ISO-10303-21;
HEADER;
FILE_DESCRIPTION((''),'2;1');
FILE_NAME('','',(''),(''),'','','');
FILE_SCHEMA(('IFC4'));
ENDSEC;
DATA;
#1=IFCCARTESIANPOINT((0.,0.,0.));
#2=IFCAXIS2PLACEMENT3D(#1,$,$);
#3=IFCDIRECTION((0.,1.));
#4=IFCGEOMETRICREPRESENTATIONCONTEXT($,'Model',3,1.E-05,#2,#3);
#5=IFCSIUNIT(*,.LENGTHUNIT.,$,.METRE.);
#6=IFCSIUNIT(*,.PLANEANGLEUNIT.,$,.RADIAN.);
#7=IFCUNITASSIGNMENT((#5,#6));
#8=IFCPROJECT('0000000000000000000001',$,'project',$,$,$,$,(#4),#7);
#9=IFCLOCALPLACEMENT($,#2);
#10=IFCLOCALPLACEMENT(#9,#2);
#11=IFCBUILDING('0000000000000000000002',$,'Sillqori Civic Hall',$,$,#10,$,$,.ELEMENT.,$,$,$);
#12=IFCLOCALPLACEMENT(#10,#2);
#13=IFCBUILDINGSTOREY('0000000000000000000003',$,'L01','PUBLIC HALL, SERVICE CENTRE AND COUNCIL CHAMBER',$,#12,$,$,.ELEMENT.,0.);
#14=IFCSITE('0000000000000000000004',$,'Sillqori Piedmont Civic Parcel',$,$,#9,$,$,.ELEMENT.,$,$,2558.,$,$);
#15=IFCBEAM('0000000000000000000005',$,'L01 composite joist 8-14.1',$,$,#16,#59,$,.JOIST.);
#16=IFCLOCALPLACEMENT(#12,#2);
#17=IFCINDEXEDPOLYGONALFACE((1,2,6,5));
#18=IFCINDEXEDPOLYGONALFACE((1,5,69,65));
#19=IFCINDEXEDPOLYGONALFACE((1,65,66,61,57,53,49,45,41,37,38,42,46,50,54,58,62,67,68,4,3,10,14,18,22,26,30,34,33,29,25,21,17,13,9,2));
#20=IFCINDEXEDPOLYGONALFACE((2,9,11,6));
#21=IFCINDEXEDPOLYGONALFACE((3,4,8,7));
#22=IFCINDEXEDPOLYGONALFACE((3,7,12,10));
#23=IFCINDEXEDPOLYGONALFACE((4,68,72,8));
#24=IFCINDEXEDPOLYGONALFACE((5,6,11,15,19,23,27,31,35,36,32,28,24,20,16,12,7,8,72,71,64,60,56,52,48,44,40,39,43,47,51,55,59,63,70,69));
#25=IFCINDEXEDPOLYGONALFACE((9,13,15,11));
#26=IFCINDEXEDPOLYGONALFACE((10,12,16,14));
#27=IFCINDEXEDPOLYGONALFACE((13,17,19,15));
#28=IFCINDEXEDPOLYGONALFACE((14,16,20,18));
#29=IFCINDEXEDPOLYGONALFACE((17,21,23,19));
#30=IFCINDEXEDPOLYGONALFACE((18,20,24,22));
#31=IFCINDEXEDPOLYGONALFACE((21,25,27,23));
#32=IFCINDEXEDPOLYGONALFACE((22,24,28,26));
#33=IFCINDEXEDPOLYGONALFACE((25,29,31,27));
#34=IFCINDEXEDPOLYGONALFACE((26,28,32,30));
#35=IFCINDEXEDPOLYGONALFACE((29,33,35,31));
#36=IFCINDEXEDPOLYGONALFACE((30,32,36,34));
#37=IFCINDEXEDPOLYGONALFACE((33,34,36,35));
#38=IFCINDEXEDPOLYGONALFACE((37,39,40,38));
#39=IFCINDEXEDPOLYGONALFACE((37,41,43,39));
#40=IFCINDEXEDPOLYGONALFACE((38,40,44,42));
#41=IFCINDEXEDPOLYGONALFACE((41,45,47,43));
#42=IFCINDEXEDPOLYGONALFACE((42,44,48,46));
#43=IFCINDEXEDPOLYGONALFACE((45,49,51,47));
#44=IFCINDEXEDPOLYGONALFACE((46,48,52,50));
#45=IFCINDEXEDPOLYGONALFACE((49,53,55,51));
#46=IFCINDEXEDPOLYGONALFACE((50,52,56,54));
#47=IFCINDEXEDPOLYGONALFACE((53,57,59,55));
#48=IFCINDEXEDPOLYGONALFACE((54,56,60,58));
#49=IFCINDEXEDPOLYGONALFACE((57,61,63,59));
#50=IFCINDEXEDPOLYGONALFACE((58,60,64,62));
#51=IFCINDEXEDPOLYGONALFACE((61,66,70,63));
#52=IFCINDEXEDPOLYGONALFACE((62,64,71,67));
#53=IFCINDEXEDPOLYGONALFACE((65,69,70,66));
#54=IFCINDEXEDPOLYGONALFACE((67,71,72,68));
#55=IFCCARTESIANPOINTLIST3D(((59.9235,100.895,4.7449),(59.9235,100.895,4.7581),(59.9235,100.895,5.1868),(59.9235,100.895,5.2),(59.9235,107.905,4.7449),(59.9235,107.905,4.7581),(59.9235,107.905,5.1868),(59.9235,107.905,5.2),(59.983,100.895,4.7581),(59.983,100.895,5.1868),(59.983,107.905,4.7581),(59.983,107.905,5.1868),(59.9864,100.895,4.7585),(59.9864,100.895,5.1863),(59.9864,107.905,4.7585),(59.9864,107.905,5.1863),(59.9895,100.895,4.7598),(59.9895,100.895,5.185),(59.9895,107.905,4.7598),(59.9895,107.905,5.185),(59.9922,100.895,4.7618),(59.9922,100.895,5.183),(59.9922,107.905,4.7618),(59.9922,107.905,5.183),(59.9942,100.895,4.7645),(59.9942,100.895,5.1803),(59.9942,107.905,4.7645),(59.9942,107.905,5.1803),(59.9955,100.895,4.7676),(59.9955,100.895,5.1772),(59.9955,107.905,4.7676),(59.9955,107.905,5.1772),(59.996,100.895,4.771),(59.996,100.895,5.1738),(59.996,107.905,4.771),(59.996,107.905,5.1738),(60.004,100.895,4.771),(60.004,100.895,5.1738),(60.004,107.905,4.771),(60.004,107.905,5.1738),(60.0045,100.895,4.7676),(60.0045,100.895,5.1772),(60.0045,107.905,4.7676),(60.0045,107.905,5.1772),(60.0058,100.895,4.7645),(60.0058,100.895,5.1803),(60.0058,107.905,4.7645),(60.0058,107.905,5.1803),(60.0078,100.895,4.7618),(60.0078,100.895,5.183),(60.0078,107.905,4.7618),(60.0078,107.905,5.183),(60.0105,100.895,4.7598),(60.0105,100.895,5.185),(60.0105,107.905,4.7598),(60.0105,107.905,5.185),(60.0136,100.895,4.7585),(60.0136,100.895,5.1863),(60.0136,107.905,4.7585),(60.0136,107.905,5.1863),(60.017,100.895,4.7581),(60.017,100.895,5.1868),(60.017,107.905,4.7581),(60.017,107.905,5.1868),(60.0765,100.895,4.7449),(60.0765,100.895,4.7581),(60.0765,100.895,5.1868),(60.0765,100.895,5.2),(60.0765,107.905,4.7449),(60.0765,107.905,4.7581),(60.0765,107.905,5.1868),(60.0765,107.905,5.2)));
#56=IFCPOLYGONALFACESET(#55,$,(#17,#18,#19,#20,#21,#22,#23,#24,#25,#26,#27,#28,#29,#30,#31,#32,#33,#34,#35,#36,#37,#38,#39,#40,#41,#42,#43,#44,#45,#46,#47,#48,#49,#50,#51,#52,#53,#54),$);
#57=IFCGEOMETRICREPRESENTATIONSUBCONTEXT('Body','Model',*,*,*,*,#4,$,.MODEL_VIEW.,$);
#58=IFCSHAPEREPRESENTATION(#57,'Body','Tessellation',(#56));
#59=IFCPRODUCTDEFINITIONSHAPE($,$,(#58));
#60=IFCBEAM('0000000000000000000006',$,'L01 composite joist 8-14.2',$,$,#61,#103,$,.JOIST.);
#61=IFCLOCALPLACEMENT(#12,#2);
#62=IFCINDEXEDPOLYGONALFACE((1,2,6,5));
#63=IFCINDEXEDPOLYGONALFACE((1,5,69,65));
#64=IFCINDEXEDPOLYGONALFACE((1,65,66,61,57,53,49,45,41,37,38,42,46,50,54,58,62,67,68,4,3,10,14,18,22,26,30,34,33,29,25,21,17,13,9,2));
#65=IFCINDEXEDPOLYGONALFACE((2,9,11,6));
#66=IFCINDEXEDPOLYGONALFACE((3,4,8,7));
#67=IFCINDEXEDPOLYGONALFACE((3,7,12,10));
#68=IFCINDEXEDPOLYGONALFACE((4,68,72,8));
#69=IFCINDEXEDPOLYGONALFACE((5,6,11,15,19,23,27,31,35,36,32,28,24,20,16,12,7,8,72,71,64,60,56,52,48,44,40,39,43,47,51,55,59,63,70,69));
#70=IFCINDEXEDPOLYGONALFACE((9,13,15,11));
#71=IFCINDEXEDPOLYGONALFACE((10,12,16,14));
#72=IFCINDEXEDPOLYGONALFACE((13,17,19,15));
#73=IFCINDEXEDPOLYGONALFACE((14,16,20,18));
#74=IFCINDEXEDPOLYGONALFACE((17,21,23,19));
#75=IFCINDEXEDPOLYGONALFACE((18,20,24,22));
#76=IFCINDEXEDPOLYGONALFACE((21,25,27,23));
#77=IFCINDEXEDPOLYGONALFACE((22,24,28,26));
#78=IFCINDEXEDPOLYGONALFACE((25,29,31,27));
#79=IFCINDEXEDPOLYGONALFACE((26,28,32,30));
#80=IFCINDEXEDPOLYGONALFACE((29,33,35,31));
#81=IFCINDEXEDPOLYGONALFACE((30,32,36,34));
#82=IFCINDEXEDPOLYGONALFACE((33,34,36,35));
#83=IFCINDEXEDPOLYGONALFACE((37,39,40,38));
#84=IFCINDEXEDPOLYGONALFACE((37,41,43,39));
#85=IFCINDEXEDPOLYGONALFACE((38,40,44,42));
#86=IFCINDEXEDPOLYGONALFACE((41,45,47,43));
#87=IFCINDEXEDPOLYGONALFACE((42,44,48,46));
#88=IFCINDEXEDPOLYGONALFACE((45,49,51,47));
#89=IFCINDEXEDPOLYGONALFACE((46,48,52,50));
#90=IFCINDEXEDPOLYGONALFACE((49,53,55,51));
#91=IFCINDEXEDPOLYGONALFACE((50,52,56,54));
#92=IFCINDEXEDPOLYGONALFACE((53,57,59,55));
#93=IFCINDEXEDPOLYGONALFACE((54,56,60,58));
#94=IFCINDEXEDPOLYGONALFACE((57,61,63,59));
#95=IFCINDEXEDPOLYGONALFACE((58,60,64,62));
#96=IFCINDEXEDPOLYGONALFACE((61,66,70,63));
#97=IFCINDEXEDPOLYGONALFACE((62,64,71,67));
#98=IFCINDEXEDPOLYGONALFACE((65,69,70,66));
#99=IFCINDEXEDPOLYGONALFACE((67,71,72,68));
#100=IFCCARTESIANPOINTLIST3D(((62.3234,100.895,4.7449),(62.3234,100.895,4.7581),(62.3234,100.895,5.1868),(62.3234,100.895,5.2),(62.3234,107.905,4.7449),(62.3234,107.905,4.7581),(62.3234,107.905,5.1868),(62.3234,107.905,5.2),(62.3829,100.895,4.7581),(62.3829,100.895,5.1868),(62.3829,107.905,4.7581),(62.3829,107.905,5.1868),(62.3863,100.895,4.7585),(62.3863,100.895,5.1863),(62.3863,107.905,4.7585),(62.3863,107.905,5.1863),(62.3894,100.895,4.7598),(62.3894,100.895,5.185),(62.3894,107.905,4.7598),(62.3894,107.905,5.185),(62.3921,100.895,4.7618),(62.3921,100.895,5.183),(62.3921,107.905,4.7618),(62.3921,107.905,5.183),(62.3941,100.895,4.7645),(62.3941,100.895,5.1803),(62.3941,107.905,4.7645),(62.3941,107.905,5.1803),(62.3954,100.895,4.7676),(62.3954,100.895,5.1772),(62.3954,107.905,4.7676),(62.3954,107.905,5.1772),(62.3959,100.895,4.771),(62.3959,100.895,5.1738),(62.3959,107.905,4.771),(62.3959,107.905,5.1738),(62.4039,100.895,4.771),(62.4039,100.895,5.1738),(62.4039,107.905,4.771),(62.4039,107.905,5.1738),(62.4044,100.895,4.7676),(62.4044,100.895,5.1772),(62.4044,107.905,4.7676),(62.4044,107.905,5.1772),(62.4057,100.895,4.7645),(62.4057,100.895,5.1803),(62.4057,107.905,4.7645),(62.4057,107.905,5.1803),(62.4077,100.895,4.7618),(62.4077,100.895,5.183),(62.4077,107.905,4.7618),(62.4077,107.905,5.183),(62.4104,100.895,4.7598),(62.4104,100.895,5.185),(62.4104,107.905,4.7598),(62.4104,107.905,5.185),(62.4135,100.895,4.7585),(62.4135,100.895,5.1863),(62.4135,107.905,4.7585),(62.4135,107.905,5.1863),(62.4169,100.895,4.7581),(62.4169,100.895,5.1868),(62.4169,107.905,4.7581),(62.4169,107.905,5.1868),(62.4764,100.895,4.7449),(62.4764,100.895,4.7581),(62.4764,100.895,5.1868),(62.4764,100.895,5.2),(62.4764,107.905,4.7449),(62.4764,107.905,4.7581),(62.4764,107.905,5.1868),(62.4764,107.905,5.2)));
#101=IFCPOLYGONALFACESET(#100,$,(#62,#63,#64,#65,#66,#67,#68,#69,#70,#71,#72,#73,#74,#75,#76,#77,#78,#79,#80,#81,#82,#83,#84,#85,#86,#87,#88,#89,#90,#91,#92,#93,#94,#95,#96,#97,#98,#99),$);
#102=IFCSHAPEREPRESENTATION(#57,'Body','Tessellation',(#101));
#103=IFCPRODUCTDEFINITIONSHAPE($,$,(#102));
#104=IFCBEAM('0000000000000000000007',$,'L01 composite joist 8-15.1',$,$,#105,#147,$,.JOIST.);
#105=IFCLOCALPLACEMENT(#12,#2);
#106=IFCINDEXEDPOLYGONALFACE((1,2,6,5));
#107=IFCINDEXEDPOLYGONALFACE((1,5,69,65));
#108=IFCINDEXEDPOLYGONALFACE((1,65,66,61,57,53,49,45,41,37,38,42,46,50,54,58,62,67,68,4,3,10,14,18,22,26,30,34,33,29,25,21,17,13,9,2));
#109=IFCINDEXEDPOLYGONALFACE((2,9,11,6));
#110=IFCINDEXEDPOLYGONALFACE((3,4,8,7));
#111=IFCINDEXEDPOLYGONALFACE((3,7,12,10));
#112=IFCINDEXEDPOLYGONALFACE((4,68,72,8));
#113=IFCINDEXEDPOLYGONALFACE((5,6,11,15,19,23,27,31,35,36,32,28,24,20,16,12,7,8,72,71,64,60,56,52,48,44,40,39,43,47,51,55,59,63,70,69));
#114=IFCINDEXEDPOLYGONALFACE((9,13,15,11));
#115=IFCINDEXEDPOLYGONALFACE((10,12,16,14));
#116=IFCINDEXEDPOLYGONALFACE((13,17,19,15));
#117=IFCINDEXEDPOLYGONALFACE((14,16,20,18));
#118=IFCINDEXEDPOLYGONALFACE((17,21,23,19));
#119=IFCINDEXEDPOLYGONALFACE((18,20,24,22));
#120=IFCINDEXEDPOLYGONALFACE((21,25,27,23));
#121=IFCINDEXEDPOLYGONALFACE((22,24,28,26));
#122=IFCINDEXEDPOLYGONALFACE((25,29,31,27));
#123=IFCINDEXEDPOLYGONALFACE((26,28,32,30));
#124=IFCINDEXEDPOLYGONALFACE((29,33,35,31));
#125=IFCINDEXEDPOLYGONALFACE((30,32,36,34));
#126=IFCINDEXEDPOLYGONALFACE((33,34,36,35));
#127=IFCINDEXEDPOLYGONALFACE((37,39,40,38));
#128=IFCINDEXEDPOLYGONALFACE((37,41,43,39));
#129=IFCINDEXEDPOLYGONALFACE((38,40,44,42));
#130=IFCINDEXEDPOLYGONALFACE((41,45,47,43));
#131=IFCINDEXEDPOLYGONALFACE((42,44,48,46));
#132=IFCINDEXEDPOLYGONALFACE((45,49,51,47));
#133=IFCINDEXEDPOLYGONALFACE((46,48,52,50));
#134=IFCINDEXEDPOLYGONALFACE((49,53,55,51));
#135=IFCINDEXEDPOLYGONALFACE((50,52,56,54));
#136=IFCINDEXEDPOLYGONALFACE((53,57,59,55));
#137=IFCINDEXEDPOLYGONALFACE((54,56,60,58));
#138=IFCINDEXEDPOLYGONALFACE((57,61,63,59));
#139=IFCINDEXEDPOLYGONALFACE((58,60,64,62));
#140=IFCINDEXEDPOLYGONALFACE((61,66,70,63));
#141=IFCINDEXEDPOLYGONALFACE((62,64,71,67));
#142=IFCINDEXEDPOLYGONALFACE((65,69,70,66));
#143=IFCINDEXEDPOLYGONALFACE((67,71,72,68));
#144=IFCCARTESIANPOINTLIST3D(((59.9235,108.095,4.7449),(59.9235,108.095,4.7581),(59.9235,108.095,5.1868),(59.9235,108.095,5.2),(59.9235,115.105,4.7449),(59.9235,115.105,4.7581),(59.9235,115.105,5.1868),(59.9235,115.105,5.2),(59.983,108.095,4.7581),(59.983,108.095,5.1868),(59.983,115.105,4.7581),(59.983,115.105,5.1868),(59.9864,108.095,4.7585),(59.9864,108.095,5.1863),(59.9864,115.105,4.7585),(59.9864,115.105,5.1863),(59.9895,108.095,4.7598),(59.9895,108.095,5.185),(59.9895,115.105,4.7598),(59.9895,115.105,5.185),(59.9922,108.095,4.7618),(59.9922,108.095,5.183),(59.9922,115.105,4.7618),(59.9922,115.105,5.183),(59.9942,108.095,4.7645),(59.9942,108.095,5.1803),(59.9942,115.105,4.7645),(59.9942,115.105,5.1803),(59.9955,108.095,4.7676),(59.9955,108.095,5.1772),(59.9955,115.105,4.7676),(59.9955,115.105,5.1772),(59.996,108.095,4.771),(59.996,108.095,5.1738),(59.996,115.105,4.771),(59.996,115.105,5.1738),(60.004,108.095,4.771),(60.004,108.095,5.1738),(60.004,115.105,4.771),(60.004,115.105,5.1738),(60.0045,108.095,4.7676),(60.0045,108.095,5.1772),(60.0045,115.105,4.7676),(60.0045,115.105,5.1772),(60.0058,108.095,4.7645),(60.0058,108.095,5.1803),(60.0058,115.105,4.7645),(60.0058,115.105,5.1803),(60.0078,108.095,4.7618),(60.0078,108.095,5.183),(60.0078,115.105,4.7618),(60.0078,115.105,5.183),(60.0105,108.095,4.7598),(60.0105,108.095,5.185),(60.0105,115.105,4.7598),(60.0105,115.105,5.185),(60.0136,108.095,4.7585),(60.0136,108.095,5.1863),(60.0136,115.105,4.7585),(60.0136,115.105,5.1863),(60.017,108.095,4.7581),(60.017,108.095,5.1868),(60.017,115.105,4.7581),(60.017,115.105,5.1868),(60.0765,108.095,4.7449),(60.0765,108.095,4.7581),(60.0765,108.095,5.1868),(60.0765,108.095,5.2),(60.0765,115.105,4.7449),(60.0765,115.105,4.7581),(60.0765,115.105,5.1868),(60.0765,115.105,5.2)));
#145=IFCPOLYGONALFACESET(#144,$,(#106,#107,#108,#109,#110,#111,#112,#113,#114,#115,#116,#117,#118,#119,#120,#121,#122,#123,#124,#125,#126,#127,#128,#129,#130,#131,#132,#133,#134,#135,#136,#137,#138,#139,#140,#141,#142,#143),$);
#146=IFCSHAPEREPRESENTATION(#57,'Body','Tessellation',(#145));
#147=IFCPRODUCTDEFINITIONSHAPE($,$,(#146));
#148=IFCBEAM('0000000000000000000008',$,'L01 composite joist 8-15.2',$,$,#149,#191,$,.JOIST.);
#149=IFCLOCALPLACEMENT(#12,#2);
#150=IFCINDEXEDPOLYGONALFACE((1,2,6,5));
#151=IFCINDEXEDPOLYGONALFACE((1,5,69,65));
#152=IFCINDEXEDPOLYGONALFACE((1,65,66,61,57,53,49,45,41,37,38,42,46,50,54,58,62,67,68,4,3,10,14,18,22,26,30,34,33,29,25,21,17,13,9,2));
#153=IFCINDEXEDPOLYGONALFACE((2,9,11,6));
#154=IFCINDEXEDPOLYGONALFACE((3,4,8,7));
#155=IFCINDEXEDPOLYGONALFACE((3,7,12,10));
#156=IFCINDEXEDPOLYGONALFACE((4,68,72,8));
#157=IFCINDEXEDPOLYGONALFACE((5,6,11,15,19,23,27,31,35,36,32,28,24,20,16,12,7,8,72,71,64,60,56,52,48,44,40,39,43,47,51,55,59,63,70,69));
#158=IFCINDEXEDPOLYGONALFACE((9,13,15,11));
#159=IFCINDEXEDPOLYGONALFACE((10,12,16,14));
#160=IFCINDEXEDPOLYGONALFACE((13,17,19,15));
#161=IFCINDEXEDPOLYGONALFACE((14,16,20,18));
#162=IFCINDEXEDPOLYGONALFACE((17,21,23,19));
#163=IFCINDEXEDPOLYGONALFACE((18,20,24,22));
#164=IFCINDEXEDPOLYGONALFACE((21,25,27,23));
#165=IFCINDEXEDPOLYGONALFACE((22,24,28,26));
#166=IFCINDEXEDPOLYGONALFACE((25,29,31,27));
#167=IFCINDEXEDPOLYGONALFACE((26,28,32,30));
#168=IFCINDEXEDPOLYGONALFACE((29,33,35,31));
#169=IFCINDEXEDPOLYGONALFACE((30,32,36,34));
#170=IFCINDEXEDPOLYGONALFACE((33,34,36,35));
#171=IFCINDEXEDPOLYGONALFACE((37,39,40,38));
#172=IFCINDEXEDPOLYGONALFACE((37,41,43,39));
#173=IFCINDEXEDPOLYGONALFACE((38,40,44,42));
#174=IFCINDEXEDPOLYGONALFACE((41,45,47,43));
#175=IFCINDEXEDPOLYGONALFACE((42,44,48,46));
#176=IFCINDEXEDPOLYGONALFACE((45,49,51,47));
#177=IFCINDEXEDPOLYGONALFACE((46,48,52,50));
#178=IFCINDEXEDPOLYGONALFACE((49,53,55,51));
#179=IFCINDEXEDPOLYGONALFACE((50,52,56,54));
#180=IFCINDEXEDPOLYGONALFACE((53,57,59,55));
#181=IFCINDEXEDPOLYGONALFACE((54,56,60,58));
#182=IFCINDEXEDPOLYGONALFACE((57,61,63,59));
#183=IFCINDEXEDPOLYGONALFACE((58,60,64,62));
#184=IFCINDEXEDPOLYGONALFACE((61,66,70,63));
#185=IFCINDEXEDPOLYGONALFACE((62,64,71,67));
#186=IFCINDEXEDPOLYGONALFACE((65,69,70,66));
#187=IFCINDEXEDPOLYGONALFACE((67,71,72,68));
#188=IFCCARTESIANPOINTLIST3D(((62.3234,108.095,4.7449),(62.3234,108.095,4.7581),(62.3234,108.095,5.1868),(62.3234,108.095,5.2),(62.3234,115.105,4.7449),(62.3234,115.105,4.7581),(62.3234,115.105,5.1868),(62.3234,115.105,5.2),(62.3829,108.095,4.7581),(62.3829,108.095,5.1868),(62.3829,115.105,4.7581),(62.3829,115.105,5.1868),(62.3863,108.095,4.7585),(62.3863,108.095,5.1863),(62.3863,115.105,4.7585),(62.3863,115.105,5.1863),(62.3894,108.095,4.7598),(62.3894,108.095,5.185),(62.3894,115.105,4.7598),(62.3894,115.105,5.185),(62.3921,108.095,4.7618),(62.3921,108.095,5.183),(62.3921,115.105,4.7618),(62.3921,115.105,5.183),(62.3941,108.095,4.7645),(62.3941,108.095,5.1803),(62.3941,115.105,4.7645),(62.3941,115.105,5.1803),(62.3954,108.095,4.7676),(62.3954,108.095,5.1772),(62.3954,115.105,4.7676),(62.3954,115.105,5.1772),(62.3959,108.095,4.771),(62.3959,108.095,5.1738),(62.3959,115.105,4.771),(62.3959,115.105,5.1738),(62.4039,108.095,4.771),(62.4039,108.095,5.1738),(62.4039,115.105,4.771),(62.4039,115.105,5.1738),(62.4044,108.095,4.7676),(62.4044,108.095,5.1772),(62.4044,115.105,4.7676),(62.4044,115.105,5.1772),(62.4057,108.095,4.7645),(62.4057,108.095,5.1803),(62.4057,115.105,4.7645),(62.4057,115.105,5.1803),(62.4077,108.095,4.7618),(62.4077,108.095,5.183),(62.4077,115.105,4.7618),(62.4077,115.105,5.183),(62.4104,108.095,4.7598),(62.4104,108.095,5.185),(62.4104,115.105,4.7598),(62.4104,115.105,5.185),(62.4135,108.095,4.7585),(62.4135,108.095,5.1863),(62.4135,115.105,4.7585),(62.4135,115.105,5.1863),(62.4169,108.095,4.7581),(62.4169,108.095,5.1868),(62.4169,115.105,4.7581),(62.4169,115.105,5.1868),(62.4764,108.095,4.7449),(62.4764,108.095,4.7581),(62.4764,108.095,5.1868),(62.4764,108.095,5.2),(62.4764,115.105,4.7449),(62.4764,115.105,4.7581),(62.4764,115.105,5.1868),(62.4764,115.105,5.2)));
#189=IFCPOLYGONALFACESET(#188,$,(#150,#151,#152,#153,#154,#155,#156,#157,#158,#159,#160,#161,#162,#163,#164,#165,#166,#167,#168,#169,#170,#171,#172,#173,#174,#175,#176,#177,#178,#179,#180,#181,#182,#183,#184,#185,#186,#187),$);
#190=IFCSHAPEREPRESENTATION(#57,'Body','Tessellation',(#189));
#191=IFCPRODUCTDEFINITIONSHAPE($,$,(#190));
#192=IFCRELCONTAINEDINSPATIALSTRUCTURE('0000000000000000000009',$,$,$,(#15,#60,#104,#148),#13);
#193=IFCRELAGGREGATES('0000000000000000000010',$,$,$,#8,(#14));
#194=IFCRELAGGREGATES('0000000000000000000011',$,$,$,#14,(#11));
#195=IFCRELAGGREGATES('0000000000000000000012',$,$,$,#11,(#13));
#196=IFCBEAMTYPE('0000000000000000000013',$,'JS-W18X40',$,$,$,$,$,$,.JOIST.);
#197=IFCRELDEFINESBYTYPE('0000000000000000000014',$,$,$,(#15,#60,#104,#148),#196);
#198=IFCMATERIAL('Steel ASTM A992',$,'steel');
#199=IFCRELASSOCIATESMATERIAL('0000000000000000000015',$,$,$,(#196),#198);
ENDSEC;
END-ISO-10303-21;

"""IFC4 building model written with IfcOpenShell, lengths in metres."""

from ifc_helpers import new_model, si_unit, direction, frame, origin, origin_2d, place, context, subcontext, project, spatial, i_section, extrude, material, material_profile, profile_set, type_object, element, save


model = new_model("IFC4")

# Units and contexts
model_context = context("Model", 3, precision=1e-05, world=origin(), true_north=direction((0.0, 1.0)))
body_context = subcontext(model_context, "Body", "Model", "MODEL_VIEW")
ifc_project = project(units=[si_unit("LENGTHUNIT", "METRE"), si_unit("PLANEANGLEUNIT", "RADIAN")], contexts=[model_context])

# Site, building, storey
site_placement = place(None, origin())
site = spatial("IfcSite", under=ifc_project, at=site_placement, Name="Sillqori Piedmont Civic Parcel", CompositionType="ELEMENT", RefElevation=2558.0)
building_placement = place(site_placement, origin())
building = spatial("IfcBuilding", under=site, at=building_placement, Name="Sillqori Civic Hall", CompositionType="ELEMENT")
storey_placement = place(building_placement, origin())
storey = spatial("IfcBuildingStorey", under=building, at=storey_placement, Name="L01", Description="PUBLIC HALL, SERVICE CENTRE AND COUNCIL CHAMBER", CompositionType="ELEMENT", Elevation=0.0)

# Shared definitions
ifc_material_1 = material(Name="Steel ASTM A992", Category="steel")

# Beams
ifc_material_profile_1 = material_profile(ifc_material_1, i_section(OverallWidth=0.1531, OverallDepth=0.4551, WebThickness=0.0081, FlangeThickness=0.0132, FilletRadius=0.0129, at=origin_2d()), Name="W18X40")
ifc_profile_set_1 = profile_set([ifc_material_profile_1], Name="Steel ASTM A992")
beam_type_1 = type_object("IfcBeamType", Name="JS-W18X40", PredefinedType="JOIST", material=ifc_profile_set_1)
for number, where, z_axis, x_axis, name in (
    (1, (60.0, 100.895, 4.9724), (0.0, 1.0, 0.0), (-1.0, 0.0, 0.0), "L01 composite joist 8-14.1"),
    (2, (62.3999, 100.895, 4.9724), (0.0, 1.0, 0.0), (-1.0, 0.0, 0.0), "L01 composite joist 8-14.2"),
    (3, (60.0, 108.095, 4.9724), (0.0, 1.0, 0.0), (-1.0, 0.0, 0.0), "L01 composite joist 8-15.1"),
    (4, (62.3999, 108.095, 4.9724), (0.0, 1.0, 0.0), (-1.0, 0.0, 0.0), "L01 composite joist 8-15.2"),
):
    element("IfcBeam", number, at=place(storey_placement, frame(where, z_axis=z_axis, x_axis=x_axis)), inside=storey, type_object=beam_type_1, Name=name, PredefinedType="JOIST", context=body_context, shape_type="SweptSolid", body=[
        extrude(i_section(OverallWidth=0.1531, OverallDepth=0.4551, WebThickness=0.0081, FlangeThickness=0.0132, FilletRadius=0.0129, at=origin_2d()), origin(), (0.0, 0.0, 1.0), 7.01),
    ])

save(model, "model.ifc")
